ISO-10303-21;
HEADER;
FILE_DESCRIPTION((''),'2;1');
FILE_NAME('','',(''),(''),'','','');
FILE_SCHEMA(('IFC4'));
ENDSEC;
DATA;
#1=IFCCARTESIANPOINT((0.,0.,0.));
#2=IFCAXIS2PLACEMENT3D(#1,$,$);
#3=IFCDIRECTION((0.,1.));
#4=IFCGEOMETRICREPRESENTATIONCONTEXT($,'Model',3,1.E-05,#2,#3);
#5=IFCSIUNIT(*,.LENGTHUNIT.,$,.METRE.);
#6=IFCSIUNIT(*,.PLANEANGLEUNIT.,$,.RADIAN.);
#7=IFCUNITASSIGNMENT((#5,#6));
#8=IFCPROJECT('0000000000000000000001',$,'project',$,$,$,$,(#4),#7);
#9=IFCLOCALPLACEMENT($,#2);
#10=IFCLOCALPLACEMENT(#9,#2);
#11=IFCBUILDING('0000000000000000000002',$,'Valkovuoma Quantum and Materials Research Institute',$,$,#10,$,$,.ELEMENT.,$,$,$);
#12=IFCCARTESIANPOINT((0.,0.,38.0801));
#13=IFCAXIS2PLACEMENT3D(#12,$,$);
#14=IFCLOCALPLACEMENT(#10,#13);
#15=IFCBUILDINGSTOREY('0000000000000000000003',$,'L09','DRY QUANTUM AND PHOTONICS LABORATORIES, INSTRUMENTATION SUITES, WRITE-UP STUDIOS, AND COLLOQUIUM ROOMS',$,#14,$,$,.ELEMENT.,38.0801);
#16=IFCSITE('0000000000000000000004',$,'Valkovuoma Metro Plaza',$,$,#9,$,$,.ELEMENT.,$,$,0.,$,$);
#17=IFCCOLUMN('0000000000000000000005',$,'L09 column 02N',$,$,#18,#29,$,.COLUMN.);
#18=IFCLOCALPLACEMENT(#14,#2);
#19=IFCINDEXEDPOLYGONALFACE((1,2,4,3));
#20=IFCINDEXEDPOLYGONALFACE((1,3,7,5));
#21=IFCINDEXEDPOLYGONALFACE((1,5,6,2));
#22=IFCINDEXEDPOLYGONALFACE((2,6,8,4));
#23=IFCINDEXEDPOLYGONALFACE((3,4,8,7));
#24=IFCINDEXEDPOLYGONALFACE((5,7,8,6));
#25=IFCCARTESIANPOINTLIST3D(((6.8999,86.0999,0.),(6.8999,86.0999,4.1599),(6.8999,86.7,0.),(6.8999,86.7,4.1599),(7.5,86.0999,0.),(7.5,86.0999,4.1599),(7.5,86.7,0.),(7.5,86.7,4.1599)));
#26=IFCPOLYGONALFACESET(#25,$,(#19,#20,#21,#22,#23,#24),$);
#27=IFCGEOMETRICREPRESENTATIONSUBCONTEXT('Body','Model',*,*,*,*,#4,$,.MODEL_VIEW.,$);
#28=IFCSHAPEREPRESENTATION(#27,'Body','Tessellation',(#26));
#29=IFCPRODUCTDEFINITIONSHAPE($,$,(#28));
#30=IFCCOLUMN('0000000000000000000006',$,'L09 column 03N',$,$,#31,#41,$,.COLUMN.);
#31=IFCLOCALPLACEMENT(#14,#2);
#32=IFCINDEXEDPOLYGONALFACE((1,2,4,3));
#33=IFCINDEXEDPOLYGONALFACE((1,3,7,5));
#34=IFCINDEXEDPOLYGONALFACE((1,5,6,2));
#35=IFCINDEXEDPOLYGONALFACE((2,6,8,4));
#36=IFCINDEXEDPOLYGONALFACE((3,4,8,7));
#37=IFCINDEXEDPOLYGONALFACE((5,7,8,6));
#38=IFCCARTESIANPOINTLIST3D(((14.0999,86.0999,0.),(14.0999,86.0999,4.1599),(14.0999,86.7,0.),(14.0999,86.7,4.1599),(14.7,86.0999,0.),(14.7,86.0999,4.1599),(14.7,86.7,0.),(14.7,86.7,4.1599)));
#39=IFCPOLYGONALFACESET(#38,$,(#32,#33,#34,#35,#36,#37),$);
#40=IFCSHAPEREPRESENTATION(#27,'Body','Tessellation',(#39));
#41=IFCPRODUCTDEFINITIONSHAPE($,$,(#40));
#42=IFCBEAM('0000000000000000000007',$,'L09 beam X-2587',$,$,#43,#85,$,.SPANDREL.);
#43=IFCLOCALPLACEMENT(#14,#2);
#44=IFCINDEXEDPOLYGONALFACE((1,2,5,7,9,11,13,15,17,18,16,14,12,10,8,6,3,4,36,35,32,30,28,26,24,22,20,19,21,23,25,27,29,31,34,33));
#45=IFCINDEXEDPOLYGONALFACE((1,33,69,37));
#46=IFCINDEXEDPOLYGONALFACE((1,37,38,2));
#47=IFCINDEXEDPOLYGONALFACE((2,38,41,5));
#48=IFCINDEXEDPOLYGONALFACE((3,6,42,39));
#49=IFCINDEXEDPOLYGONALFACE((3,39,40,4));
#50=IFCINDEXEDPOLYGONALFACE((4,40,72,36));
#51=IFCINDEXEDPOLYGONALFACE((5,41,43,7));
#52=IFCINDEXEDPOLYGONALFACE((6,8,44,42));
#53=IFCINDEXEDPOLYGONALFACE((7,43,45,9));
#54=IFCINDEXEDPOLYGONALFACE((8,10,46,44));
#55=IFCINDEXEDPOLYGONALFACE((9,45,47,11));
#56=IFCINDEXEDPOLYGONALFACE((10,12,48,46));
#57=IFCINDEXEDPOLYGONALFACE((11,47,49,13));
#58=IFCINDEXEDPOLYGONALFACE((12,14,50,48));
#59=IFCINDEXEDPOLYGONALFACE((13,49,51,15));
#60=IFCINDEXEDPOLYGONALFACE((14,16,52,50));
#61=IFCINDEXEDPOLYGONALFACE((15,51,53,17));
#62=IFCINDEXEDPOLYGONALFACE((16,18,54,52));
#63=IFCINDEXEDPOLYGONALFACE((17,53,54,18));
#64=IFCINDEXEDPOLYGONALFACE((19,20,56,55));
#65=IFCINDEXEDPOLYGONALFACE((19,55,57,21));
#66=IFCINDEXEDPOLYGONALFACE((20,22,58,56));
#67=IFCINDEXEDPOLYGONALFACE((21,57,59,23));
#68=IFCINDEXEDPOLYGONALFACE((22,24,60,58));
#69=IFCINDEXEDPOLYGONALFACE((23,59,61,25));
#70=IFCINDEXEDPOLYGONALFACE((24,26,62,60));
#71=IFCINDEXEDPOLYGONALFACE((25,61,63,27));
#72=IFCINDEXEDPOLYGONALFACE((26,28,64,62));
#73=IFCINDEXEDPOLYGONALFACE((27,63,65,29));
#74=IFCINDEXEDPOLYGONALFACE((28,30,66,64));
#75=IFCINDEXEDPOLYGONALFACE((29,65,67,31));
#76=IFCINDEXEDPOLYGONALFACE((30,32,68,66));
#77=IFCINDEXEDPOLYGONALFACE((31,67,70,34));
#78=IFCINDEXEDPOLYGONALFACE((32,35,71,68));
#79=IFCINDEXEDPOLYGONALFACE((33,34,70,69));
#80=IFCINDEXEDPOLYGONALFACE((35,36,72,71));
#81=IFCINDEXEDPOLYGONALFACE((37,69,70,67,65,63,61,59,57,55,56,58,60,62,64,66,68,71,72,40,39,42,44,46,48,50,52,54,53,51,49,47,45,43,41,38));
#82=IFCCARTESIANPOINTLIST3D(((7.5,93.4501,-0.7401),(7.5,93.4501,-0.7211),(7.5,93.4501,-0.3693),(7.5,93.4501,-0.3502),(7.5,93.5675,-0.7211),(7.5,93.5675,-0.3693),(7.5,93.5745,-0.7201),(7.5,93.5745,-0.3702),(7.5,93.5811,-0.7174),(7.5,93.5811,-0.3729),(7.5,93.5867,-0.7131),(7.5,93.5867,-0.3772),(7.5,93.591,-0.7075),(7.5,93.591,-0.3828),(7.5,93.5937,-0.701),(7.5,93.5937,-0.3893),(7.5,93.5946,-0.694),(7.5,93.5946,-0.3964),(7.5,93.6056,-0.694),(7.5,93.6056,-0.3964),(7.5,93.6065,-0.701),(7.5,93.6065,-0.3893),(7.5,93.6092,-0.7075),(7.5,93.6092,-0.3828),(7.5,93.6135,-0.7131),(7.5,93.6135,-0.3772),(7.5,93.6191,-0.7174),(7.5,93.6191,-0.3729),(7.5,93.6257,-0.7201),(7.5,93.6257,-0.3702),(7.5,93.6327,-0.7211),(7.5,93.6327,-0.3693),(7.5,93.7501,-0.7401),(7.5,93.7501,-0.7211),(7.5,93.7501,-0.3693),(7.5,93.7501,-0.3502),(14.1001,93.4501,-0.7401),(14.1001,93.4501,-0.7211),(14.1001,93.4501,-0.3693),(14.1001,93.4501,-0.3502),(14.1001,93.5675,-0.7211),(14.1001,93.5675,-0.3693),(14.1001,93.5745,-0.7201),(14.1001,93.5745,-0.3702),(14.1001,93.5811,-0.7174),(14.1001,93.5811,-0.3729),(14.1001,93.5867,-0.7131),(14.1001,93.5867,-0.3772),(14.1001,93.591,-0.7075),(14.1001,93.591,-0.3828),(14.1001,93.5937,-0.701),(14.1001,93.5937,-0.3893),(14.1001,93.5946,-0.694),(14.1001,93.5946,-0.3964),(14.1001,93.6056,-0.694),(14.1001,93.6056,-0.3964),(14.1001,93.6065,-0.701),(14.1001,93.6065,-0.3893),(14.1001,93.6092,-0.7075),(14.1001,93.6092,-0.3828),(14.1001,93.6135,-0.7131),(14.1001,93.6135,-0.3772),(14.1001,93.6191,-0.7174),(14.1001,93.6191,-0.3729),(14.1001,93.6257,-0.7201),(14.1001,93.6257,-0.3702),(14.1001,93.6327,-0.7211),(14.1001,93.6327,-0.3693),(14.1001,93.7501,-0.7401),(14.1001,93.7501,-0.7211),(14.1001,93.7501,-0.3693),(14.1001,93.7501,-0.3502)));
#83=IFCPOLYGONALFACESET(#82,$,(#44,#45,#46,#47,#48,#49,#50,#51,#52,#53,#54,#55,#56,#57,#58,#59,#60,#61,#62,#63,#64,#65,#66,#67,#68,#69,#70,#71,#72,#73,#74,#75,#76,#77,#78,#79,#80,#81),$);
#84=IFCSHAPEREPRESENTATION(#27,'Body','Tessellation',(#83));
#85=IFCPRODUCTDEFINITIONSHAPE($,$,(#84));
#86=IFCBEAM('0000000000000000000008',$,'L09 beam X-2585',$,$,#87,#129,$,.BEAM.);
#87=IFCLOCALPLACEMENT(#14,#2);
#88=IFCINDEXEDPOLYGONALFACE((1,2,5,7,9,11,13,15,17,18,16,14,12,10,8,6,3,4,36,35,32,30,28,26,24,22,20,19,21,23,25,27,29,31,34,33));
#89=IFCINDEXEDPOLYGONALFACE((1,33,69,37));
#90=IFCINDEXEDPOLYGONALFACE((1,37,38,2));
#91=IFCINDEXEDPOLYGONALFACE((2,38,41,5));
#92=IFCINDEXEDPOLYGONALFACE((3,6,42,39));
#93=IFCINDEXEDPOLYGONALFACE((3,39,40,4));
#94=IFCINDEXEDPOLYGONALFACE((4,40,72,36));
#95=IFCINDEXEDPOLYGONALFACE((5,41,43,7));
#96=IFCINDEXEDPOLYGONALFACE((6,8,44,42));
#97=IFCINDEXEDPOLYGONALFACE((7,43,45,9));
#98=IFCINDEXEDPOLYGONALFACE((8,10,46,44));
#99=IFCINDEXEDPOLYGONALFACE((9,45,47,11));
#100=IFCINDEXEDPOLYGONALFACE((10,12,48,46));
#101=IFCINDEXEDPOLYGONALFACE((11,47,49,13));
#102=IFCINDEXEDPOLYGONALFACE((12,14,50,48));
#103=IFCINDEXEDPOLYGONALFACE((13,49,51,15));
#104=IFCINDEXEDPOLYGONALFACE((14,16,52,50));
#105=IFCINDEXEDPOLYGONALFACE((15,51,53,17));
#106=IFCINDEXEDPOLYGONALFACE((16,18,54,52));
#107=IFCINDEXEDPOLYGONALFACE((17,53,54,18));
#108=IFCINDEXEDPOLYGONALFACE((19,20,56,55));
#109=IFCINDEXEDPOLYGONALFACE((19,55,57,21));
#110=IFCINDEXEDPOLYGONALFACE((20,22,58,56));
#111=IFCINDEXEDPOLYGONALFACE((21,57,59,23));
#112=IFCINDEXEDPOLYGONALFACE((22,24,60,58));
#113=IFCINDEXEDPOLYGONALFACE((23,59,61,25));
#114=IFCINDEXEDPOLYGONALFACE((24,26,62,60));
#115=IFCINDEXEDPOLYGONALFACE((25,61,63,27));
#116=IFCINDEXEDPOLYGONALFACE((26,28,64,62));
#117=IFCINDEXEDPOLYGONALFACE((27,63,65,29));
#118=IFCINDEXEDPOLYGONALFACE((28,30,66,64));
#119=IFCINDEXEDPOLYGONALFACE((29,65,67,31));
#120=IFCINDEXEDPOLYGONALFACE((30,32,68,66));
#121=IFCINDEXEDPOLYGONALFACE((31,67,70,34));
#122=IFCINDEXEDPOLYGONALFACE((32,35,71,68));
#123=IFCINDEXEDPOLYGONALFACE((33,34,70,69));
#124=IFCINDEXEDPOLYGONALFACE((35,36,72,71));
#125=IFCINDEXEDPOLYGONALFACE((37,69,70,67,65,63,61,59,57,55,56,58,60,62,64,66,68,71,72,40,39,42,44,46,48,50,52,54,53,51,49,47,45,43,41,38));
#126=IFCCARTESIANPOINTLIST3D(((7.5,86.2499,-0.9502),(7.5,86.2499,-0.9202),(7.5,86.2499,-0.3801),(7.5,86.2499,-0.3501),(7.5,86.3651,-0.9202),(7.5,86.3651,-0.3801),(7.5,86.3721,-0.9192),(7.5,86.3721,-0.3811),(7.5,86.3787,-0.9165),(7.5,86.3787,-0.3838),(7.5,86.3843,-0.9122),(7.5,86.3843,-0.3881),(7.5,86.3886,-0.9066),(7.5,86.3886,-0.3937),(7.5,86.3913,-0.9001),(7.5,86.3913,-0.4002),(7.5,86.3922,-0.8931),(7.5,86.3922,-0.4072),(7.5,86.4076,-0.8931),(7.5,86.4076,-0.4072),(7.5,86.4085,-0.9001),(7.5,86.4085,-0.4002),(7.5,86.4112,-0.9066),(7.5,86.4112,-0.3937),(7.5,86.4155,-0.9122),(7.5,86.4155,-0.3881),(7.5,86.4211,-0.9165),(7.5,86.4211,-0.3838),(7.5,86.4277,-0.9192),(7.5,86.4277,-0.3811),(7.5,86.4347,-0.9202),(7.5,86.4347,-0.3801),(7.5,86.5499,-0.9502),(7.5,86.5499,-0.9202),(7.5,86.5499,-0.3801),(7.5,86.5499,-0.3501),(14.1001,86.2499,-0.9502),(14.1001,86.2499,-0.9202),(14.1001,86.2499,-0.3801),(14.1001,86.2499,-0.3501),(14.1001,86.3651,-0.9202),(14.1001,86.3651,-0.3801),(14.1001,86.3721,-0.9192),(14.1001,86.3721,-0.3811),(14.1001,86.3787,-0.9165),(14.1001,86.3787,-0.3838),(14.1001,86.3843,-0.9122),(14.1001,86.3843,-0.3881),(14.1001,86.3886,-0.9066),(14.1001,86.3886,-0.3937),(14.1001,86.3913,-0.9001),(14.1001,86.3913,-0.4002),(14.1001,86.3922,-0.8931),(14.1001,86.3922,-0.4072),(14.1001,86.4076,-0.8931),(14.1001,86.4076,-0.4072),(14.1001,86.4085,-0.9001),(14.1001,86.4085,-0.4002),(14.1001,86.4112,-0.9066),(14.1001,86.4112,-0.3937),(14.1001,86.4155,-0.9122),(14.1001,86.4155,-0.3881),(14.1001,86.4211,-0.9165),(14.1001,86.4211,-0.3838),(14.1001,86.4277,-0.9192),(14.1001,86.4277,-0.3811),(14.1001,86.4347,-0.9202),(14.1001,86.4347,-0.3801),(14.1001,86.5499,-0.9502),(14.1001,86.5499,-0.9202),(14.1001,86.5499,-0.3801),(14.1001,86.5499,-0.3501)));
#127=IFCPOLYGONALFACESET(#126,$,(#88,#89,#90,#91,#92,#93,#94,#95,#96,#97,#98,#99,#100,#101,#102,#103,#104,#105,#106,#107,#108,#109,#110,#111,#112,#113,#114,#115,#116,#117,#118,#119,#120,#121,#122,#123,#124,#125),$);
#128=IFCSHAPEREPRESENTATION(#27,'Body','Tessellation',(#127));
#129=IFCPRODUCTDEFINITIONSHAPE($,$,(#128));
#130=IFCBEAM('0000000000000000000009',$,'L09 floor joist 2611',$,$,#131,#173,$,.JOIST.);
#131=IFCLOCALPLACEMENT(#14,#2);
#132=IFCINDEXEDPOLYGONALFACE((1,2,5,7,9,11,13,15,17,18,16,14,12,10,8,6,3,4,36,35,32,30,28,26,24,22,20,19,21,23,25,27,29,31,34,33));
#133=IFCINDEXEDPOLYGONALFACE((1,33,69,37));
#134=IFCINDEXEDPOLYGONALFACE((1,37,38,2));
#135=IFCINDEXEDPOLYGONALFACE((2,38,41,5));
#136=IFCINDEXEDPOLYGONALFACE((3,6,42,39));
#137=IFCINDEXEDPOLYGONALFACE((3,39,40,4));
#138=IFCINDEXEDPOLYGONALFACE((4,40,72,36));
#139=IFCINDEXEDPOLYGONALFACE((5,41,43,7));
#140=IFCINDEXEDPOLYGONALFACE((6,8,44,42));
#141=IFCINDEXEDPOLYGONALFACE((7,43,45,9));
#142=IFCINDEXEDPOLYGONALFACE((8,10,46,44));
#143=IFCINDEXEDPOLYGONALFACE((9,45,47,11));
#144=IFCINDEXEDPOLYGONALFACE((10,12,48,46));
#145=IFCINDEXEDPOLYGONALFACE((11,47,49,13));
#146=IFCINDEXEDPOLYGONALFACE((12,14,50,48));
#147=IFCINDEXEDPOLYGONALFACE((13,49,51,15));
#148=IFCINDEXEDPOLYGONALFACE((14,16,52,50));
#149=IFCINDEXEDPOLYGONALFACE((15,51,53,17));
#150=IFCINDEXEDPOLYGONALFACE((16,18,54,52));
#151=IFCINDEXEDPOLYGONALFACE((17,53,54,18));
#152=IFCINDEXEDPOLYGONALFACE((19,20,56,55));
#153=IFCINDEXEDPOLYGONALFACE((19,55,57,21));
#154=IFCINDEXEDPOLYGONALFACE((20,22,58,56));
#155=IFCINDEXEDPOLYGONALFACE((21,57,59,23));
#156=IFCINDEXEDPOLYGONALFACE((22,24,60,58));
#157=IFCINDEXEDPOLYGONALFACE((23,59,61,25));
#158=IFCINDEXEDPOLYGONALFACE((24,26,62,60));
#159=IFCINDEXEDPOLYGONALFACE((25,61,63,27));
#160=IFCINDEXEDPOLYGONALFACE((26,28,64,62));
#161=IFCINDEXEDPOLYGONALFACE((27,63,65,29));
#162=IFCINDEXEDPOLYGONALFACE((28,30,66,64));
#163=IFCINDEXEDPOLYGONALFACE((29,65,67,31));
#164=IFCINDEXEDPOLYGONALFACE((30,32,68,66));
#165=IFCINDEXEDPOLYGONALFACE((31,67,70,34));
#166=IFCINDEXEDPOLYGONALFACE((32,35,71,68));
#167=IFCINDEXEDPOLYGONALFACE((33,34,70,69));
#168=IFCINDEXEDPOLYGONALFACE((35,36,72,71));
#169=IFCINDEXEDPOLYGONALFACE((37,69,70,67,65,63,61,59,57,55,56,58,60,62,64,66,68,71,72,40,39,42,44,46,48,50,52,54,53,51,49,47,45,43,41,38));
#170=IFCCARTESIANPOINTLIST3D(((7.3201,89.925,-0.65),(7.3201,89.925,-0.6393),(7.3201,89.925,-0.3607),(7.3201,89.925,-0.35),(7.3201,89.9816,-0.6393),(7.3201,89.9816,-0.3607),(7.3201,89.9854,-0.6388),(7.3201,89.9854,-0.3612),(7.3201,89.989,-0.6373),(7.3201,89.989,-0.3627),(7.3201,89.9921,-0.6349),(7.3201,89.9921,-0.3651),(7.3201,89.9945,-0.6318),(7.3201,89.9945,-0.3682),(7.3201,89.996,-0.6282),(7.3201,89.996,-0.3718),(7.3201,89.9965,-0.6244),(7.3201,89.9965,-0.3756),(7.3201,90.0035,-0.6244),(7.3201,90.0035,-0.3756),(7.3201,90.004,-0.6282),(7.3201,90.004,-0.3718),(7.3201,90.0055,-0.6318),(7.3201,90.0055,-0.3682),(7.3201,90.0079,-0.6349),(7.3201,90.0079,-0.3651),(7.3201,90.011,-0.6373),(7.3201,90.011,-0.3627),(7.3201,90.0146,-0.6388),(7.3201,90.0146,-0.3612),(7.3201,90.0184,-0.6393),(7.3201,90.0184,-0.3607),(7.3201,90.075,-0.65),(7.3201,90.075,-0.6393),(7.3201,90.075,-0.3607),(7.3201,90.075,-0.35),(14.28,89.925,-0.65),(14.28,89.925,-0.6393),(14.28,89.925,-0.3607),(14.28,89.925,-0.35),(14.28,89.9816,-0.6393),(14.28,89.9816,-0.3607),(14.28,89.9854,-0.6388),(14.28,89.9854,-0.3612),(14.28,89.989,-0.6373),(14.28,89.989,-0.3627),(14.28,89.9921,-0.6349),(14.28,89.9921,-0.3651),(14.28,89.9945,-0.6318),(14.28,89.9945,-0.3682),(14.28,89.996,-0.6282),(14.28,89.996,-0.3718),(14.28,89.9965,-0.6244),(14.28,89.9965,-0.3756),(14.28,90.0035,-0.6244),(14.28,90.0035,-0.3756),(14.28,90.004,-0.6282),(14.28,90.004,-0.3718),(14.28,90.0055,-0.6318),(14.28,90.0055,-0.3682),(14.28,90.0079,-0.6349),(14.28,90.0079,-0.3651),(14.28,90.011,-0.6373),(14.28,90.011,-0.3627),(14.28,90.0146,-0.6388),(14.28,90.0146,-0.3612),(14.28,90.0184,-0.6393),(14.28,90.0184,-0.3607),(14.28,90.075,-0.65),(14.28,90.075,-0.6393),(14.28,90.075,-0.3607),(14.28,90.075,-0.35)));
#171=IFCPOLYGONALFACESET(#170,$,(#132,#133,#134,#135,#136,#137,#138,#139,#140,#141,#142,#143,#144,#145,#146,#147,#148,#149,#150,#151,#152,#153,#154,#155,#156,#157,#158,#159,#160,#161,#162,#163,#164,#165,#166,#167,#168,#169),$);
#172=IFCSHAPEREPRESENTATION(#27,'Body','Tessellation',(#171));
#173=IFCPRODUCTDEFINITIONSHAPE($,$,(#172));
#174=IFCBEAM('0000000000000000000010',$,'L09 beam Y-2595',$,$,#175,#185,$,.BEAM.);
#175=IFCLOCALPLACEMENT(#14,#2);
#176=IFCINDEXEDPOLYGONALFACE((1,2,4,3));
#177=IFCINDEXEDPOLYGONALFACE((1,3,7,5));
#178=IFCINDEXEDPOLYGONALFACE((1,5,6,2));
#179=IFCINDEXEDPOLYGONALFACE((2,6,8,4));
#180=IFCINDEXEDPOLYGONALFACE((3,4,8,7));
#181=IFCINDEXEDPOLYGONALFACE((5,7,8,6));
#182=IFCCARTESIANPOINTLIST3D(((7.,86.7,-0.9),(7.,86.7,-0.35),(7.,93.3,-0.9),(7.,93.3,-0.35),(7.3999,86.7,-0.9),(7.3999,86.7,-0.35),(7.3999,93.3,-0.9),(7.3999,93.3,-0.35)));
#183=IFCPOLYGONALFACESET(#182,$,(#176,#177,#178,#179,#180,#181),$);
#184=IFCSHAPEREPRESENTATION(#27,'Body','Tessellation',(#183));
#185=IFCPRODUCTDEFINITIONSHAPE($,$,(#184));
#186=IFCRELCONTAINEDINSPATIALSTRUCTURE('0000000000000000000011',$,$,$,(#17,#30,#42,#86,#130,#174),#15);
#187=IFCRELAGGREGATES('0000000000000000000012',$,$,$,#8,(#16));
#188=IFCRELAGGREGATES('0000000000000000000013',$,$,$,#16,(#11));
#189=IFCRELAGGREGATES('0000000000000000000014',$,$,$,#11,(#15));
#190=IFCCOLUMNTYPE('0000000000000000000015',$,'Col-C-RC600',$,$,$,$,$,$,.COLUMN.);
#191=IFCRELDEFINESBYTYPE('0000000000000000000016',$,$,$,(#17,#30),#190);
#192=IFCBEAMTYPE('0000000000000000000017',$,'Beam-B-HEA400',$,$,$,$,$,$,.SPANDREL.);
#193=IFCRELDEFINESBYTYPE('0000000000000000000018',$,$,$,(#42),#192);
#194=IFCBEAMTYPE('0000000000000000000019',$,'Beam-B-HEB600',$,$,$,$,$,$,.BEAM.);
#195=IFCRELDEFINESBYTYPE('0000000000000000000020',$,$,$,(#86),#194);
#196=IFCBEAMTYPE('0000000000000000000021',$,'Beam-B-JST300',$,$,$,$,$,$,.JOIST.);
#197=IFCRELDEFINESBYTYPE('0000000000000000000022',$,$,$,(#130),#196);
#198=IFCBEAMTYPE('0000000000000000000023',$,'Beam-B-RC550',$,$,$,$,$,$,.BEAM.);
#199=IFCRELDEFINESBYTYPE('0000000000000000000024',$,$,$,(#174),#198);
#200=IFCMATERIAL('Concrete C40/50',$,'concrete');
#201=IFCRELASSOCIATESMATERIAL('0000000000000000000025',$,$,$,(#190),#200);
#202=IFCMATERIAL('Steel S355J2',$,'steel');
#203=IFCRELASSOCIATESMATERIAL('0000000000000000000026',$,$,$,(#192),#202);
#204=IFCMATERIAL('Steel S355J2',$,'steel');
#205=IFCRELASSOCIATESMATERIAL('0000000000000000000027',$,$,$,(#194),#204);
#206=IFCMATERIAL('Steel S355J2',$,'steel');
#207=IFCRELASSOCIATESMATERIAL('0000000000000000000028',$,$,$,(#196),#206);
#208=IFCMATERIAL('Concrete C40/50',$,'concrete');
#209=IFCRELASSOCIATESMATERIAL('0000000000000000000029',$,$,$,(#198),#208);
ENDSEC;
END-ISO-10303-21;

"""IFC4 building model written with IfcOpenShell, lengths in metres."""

from ifc_helpers import new_model, si_unit, direction, frame, origin, origin_2d, place, context, subcontext, project, spatial, rectangle, i_section, extrude, material, material_profile, profile_set, type_object, element, save


model = new_model("IFC4")

# Units and contexts
model_context = context("Model", 3, precision=1e-05, world=origin(), true_north=direction((0.0, 1.0)))
body_context = subcontext(model_context, "Body", "Model", "MODEL_VIEW")
ifc_project = project(units=[si_unit("LENGTHUNIT", "METRE"), si_unit("PLANEANGLEUNIT", "RADIAN")], contexts=[model_context])

# Site, building, storey
site_placement = place(None, origin())
site = spatial("IfcSite", under=ifc_project, at=site_placement, Name="Valkovuoma Metro Plaza", CompositionType="ELEMENT", RefElevation=0.0)
building_placement = place(site_placement, origin())
building = spatial("IfcBuilding", under=site, at=building_placement, Name="Valkovuoma Quantum and Materials Research Institute", CompositionType="ELEMENT")
storey_placement = place(building_placement, frame((0.0, 0.0, 38.0801)))
storey = spatial("IfcBuildingStorey", under=building, at=storey_placement, Name="L09", Description="DRY QUANTUM AND PHOTONICS LABORATORIES, INSTRUMENTATION SUITES, WRITE-UP STUDIOS, AND COLLOQUIUM ROOMS", CompositionType="ELEMENT", Elevation=38.0801)

# Columns
ifc_material_1 = material(Name="Concrete C40/50", Category="concrete")
ifc_material_profile_1 = material_profile(ifc_material_1, rectangle(XDim=0.6001, YDim=0.6001, at=origin_2d()), Name="Concrete C40/50")
ifc_profile_set_1 = profile_set([ifc_material_profile_1], Name="Concrete C40/50")
column_type = type_object("IfcColumnType", Name="Col-C-RC600", PredefinedType="COLUMN", material=ifc_profile_set_1)
for number, where, z_axis, x_axis, name in (
    (1, (7.2, 86.3999, 0.0), (0.0, 0.0, 1.0), (1.0, 0.0, 0.0), "L09 column 02N"),
    (2, (14.3999, 86.3999, 0.0), (0.0, 0.0, 1.0), (1.0, 0.0, 0.0), "L09 column 03N"),
):
    element("IfcColumn", number, at=place(storey_placement, frame(where, z_axis=z_axis, x_axis=x_axis)), inside=storey, type_object=column_type, Name=name, PredefinedType="COLUMN", context=body_context, shape_type="SweptSolid", body=[
        extrude(rectangle(XDim=0.6001, YDim=0.6001, at=origin_2d()), origin(), (0.0, 0.0, 1.0), 4.1599),
    ])

# Beams
ifc_material_2 = material(Name="Steel S355J2", Category="steel")
ifc_material_profile_2 = material_profile(ifc_material_2, i_section(OverallWidth=0.3, OverallDepth=0.3899, WebThickness=0.011, FlangeThickness=0.019, FilletRadius=0.0271, at=origin_2d()), Name="Steel S355J2")
ifc_profile_set_2 = profile_set([ifc_material_profile_2], Name="Steel S355J2")
beam_type_1 = type_object("IfcBeamType", Name="Beam-B-HEA400", PredefinedType="SPANDREL", material=ifc_profile_set_2)
beam_1_placement = place(storey_placement, frame((7.5, 93.6001, -0.5452), z_axis=(1.0, 0.0, 0.0), x_axis=(0.0, 1.0, 0.0)))
element("IfcBeam", 3, at=beam_1_placement, inside=storey, type_object=beam_type_1, Name="L09 beam X-2587", PredefinedType="SPANDREL", context=body_context, shape_type="SweptSolid", body=[
    extrude(i_section(OverallWidth=0.3, OverallDepth=0.3899, WebThickness=0.011, FlangeThickness=0.019, FilletRadius=0.0271, at=origin_2d()), origin(), (0.0, 0.0, 1.0), 6.6001),
])
ifc_material_3 = material(Name="Steel S355J2", Category="steel")
ifc_material_profile_3 = material_profile(ifc_material_3, i_section(OverallWidth=0.3, OverallDepth=0.6001, WebThickness=0.0154, FlangeThickness=0.03, FilletRadius=0.0271, at=origin_2d()), Name="Steel S355J2")
ifc_profile_set_3 = profile_set([ifc_material_profile_3], Name="Steel S355J2")
beam_type_2 = type_object("IfcBeamType", Name="Beam-B-HEB600", PredefinedType="BEAM", material=ifc_profile_set_3)
beam_2_placement = place(storey_placement, frame((7.5, 86.3999, -0.6501), z_axis=(1.0, 0.0, 0.0), x_axis=(0.0, 1.0, 0.0)))
element("IfcBeam", 4, at=beam_2_placement, inside=storey, type_object=beam_type_2, Name="L09 beam X-2585", PredefinedType="BEAM", context=body_context, shape_type="SweptSolid", body=[
    extrude(i_section(OverallWidth=0.3, OverallDepth=0.6001, WebThickness=0.0154, FlangeThickness=0.03, FilletRadius=0.0271, at=origin_2d()), origin(), (0.0, 0.0, 1.0), 6.6001),
])
ifc_material_4 = material(Name="Steel S355J2", Category="steel")
ifc_material_profile_4 = material_profile(ifc_material_4, i_section(OverallWidth=0.1499, OverallDepth=0.3, WebThickness=0.0071, FlangeThickness=0.0107, FilletRadius=0.0149, at=origin_2d()), Name="Steel S355J2")
ifc_profile_set_4 = profile_set([ifc_material_profile_4], Name="Steel S355J2")
beam_type_3 = type_object("IfcBeamType", Name="Beam-B-JST300", PredefinedType="JOIST", material=ifc_profile_set_4)
beam_3_placement = place(storey_placement, frame((7.3201, 90.0, -0.5), z_axis=(1.0, 0.0, 0.0), x_axis=(0.0, 1.0, 0.0)))
element("IfcBeam", 5, at=beam_3_placement, inside=storey, type_object=beam_type_3, Name="L09 floor joist 2611", PredefinedType="JOIST", context=body_context, shape_type="SweptSolid", body=[
    extrude(i_section(OverallWidth=0.1499, OverallDepth=0.3, WebThickness=0.0071, FlangeThickness=0.0107, FilletRadius=0.0149, at=origin_2d()), origin(), (0.0, 0.0, 1.0), 6.96),
])
ifc_material_5 = material(Name="Concrete C40/50", Category="concrete")
ifc_material_profile_5 = material_profile(ifc_material_5, rectangle(XDim=0.3999, YDim=0.55, at=origin_2d()), Name="Concrete C40/50")
ifc_profile_set_5 = profile_set([ifc_material_profile_5], Name="Concrete C40/50")
beam_type_4 = type_object("IfcBeamType", Name="Beam-B-RC550", PredefinedType="BEAM", material=ifc_profile_set_5)
beam_4_placement = place(storey_placement, frame((7.2, 86.7, -0.625), z_axis=(0.0, 1.0, 0.0), x_axis=(-1.0, 0.0, 0.0)))
element("IfcBeam", 6, at=beam_4_placement, inside=storey, type_object=beam_type_4, Name="L09 beam Y-2595", PredefinedType="BEAM", context=body_context, shape_type="SweptSolid", body=[
    extrude(rectangle(XDim=0.3999, YDim=0.55, at=origin_2d()), origin(), (0.0, 0.0, 1.0), 6.6001),
])

save(model, "model.ifc")
